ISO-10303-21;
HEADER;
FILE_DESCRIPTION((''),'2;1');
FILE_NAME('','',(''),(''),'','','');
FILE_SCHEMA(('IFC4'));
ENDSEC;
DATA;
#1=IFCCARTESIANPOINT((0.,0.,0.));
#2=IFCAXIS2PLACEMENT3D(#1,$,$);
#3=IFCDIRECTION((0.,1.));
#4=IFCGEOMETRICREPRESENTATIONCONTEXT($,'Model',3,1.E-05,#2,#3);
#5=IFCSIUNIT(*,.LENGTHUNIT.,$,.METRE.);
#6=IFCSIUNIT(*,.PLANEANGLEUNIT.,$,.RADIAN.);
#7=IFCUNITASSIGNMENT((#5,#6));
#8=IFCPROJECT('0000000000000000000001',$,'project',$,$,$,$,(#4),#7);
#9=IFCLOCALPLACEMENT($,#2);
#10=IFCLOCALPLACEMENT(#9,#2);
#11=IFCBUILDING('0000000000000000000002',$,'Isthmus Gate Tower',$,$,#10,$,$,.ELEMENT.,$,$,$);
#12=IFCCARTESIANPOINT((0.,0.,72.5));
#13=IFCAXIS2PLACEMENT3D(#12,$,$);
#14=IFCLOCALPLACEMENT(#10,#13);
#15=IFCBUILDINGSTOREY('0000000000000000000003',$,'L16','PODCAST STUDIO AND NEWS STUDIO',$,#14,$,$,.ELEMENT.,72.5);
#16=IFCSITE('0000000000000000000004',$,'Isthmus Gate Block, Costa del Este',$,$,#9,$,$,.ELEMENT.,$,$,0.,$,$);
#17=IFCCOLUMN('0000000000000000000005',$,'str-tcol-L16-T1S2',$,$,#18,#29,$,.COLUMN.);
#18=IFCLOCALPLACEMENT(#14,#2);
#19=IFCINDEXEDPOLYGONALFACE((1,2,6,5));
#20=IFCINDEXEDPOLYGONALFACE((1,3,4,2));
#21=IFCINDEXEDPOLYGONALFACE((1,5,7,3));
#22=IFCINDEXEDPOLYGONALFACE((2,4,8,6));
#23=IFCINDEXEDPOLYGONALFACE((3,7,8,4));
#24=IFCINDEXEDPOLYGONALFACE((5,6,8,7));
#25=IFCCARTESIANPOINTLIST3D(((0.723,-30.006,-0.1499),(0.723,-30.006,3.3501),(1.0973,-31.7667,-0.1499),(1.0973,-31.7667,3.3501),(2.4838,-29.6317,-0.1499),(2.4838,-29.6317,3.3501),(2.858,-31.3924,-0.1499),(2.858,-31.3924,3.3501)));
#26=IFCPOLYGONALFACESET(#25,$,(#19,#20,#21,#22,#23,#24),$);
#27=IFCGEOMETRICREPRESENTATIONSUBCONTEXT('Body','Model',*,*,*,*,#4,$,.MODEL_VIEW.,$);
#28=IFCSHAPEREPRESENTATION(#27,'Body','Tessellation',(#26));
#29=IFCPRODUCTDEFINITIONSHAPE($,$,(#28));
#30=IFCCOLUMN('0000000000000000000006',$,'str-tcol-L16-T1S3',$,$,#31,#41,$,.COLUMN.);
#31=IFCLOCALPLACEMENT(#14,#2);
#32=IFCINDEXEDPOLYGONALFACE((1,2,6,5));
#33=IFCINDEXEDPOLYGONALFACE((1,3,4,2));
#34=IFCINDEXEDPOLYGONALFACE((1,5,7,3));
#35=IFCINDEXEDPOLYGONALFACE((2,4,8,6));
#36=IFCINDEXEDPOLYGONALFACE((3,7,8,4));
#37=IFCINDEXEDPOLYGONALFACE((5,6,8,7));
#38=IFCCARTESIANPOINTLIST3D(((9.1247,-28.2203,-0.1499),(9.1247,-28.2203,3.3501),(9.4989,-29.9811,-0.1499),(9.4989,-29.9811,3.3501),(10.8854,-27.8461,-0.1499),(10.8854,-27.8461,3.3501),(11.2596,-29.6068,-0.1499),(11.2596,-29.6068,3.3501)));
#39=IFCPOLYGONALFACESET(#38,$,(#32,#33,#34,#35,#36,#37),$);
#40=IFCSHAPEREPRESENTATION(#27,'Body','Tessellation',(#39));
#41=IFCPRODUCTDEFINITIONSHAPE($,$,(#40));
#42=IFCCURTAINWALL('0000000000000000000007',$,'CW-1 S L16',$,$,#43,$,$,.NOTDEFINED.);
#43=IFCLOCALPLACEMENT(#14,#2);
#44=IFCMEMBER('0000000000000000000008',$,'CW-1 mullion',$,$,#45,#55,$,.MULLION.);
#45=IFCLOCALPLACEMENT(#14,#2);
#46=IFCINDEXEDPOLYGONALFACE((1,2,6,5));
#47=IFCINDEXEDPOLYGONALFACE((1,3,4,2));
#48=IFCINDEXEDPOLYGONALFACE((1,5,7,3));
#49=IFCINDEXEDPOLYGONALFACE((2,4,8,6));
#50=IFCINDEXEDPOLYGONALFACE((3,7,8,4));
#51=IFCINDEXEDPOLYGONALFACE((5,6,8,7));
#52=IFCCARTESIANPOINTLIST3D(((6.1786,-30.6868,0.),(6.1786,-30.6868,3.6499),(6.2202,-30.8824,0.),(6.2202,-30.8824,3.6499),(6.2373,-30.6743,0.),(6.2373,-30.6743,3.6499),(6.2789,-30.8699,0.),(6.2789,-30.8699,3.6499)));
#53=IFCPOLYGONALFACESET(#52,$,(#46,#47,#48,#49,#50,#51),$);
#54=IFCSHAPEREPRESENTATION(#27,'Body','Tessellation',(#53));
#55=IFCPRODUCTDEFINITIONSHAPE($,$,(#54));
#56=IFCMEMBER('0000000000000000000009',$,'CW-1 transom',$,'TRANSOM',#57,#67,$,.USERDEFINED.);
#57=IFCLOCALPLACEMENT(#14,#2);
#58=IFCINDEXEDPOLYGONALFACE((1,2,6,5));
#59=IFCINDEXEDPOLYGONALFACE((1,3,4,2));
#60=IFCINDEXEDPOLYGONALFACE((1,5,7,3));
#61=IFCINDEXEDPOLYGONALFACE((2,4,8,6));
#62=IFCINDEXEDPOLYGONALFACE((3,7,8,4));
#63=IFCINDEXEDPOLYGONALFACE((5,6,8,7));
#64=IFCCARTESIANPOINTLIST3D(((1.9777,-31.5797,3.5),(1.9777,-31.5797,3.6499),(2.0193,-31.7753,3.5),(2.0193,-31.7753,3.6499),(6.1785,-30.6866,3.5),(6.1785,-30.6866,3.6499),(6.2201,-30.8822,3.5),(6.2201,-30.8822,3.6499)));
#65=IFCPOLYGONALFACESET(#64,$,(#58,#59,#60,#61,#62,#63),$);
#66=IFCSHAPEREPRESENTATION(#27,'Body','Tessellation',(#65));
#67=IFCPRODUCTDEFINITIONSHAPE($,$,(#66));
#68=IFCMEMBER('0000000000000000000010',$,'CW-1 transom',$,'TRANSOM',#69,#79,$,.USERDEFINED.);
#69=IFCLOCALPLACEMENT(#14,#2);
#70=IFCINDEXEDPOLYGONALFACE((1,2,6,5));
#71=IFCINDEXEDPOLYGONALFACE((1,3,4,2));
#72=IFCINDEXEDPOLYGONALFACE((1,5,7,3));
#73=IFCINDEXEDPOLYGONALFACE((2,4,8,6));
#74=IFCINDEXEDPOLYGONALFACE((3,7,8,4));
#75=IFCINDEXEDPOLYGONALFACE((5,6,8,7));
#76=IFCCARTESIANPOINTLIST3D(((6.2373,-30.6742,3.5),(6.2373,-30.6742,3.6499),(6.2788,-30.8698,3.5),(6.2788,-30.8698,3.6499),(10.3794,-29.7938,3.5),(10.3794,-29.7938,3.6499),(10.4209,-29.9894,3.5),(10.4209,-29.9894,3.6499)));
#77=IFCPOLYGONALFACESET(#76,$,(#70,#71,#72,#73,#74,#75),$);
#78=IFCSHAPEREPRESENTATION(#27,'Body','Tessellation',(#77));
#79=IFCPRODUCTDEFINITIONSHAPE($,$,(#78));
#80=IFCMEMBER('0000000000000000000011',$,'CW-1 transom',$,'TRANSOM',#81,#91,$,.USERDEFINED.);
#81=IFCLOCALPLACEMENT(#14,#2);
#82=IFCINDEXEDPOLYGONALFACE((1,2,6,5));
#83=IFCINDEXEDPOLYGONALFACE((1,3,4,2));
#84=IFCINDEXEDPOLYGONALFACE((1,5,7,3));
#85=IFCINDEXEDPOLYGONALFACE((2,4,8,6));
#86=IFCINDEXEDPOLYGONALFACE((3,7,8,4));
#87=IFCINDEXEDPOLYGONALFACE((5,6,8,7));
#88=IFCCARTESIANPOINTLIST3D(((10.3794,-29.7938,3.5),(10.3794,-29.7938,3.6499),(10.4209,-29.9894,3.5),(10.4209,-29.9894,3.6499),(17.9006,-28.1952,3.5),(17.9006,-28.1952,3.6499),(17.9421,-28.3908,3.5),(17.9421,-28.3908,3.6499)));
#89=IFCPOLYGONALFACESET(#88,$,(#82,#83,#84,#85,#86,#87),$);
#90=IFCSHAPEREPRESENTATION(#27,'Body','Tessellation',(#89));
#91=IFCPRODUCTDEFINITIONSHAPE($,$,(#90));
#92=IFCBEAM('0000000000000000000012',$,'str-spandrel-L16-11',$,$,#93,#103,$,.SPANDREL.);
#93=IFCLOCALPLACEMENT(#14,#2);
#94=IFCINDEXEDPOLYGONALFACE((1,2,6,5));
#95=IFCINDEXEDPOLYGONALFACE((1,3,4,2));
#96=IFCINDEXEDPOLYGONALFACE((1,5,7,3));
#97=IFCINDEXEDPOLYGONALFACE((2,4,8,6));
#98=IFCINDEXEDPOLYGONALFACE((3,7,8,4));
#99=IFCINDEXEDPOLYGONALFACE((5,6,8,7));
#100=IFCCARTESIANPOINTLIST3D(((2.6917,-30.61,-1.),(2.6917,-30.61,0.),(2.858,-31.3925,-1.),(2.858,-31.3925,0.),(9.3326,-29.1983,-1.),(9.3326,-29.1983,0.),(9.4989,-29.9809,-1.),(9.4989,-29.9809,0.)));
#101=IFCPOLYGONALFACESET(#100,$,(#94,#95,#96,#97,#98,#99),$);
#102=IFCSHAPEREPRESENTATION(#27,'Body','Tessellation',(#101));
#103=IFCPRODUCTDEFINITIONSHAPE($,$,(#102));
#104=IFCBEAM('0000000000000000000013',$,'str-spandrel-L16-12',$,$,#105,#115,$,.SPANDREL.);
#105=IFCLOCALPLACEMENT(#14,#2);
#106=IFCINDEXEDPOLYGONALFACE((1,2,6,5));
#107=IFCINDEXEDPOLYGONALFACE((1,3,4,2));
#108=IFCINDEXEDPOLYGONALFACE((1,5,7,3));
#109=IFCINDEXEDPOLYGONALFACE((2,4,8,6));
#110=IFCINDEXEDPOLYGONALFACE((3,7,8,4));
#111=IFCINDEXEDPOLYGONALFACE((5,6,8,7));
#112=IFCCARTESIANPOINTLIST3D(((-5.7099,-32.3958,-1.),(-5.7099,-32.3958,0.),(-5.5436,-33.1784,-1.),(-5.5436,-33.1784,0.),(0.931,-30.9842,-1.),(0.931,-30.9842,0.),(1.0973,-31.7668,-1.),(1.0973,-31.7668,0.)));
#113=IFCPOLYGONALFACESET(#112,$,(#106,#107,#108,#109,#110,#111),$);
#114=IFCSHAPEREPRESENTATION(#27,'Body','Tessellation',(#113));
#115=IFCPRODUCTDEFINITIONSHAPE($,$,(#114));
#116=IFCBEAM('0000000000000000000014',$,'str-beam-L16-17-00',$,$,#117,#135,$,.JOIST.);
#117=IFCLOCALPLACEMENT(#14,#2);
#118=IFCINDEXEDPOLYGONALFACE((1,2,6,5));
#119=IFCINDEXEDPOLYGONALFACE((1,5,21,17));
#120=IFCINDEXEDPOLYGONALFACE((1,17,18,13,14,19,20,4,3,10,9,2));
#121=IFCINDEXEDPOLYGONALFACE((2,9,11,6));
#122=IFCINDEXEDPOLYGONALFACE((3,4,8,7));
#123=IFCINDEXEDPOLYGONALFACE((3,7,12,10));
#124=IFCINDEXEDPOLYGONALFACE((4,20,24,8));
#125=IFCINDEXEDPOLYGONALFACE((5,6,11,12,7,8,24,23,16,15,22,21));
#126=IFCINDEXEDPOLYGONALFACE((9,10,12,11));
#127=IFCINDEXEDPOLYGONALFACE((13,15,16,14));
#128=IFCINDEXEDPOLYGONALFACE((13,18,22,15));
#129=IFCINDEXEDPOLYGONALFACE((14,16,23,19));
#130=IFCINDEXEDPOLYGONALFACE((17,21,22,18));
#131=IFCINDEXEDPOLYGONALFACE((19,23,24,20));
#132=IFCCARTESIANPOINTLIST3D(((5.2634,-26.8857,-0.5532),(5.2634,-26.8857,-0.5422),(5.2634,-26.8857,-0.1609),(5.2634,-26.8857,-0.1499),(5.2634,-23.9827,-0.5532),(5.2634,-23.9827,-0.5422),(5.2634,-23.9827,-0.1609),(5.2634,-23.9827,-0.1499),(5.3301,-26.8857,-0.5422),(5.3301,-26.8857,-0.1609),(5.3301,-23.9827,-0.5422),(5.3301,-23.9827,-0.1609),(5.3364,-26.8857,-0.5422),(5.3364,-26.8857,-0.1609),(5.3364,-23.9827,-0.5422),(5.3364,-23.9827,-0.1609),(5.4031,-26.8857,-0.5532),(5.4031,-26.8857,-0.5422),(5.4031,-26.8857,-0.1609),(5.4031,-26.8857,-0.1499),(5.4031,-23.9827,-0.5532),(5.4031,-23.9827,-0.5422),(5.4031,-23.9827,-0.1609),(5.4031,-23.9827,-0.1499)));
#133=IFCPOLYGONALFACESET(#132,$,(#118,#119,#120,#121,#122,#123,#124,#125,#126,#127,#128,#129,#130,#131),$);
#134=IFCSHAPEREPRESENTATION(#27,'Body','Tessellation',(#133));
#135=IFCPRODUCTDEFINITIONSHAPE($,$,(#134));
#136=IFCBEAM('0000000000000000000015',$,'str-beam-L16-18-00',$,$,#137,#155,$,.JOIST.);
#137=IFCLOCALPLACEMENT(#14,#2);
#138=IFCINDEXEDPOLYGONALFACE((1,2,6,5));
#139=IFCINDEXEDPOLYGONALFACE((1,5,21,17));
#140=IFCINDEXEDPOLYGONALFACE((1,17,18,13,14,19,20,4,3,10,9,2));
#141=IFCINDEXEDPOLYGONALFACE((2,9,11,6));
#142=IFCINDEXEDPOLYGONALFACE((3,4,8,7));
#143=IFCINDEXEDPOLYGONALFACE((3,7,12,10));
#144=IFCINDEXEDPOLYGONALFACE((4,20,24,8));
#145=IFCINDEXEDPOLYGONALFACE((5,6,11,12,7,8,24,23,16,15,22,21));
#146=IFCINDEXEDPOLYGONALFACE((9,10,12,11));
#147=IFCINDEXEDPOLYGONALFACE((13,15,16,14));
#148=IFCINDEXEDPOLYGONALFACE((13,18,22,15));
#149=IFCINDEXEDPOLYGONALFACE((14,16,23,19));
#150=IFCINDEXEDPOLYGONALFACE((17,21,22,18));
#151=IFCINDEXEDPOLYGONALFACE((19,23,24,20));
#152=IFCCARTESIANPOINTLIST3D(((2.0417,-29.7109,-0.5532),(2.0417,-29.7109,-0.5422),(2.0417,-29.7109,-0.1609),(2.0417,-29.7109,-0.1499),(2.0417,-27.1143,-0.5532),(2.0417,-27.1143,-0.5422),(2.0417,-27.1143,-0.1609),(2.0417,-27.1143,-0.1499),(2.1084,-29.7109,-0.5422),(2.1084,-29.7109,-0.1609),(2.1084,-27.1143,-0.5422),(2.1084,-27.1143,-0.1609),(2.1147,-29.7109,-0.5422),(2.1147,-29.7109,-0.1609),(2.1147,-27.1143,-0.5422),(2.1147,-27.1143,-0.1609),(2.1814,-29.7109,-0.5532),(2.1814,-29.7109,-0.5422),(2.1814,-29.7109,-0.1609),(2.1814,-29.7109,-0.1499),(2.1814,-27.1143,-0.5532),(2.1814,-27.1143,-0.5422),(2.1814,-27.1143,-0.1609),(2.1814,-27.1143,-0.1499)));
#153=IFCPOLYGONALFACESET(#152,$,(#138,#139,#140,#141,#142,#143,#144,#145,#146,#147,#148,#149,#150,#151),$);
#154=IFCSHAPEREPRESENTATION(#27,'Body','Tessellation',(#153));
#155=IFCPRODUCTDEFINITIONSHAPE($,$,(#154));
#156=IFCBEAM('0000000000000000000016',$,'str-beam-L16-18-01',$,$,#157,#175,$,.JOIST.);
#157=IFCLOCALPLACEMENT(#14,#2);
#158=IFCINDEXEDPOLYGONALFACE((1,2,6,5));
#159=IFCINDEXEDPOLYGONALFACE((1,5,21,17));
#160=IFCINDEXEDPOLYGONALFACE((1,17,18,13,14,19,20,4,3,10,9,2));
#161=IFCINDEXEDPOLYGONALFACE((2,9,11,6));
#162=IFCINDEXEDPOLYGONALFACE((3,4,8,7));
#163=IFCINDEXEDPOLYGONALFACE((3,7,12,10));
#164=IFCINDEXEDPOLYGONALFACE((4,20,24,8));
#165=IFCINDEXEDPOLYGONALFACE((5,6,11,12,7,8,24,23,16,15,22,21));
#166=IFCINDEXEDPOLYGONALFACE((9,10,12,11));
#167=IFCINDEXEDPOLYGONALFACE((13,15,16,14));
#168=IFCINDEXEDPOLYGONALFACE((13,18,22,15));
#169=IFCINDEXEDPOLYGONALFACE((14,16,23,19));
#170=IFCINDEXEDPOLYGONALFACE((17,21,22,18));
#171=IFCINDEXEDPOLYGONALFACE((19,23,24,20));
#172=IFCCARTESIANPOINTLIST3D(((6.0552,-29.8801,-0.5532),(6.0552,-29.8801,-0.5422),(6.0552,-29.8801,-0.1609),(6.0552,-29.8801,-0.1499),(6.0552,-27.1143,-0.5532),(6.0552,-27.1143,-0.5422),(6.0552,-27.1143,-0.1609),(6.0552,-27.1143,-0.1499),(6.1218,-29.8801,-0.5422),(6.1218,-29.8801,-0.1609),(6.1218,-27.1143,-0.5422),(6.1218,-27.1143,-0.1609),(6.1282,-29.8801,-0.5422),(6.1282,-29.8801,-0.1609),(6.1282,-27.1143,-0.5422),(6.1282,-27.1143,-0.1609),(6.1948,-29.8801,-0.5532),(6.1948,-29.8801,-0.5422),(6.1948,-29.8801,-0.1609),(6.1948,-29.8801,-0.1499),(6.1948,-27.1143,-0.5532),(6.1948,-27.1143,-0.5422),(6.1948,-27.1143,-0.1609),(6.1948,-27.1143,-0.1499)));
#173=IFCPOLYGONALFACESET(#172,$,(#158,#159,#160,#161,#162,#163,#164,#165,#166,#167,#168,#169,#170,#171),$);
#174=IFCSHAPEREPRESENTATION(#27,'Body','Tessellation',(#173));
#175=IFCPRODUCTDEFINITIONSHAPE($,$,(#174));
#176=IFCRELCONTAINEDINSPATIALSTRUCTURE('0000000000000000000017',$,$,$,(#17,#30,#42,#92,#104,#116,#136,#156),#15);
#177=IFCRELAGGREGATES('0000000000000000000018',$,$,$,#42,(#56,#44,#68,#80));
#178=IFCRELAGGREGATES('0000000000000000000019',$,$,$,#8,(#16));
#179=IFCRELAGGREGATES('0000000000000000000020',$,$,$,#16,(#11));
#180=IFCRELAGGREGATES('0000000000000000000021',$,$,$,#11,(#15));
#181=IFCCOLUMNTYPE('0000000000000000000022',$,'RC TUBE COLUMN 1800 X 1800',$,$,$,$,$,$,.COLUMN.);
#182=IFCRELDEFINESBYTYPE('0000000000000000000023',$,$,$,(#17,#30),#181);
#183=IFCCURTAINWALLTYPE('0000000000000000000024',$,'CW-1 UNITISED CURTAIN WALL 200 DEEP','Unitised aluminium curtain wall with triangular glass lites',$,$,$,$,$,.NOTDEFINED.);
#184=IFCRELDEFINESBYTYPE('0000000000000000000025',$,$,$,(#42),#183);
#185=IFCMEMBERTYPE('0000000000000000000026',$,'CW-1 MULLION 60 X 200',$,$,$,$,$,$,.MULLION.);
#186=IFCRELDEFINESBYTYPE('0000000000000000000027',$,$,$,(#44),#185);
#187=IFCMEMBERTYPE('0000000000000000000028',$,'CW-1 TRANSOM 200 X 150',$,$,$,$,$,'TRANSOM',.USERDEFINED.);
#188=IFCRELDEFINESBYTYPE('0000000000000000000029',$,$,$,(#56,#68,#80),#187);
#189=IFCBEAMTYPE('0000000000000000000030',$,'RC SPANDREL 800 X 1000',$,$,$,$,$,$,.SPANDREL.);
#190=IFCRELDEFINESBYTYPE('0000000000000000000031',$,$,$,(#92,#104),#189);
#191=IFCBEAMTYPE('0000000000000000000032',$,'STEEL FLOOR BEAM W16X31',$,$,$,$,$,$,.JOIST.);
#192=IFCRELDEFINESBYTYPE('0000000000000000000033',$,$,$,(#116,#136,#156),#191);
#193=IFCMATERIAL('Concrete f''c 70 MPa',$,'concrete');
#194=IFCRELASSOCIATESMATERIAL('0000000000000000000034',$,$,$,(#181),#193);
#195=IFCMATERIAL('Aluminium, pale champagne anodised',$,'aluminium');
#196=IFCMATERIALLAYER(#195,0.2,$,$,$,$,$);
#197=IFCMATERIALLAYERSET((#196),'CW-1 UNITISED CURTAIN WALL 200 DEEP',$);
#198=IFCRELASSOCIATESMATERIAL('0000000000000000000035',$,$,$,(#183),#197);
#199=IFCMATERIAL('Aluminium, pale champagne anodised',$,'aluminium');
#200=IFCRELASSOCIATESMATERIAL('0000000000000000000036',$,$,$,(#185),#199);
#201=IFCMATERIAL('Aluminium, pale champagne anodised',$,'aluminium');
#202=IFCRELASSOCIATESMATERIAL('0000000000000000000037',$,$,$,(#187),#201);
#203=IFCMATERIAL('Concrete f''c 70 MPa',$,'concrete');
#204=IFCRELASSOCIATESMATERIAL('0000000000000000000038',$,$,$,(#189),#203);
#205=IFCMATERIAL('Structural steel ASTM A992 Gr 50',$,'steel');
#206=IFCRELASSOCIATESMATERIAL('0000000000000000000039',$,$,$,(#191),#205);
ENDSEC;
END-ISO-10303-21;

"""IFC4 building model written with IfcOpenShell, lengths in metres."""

from ifc_helpers import new_model, si_unit, direction, frame, origin, origin_2d, place, context, subcontext, project, spatial, rectangle, i_section, extrude, material, layer, layer_set, material_profile, profile_set, type_object, element, aggregate, save


model = new_model("IFC4")

# Units and contexts
model_context = context("Model", 3, precision=1e-05, world=origin(), true_north=direction((0.0, 1.0)))
body_context = subcontext(model_context, "Body", "Model", "MODEL_VIEW")
ifc_project = project(units=[si_unit("LENGTHUNIT", "METRE"), si_unit("PLANEANGLEUNIT", "RADIAN")], contexts=[model_context])

# Site, building, storey
site_placement = place(None, origin())
site = spatial("IfcSite", under=ifc_project, at=site_placement, Name="Isthmus Gate Block, Costa del Este", CompositionType="ELEMENT", RefElevation=0.0)
building_placement = place(site_placement, origin())
building = spatial("IfcBuilding", under=site, at=building_placement, Name="Isthmus Gate Tower", CompositionType="ELEMENT")
storey_placement = place(building_placement, frame((0.0, 0.0, 72.5)))
storey = spatial("IfcBuildingStorey", under=building, at=storey_placement, Name="L16", Description="PODCAST STUDIO AND NEWS STUDIO", CompositionType="ELEMENT", Elevation=72.5)

# Columns
ifc_material_1 = material(Name="Concrete f'c 70 MPa", Category="concrete")
ifc_material_profile_1 = material_profile(ifc_material_1, rectangle(XDim=1.8, YDim=1.8, at=origin_2d()), Name="RC 1800X1800")
ifc_profile_set_1 = profile_set([ifc_material_profile_1], Name="Concrete f'c 70 MPa")
column_type = type_object("IfcColumnType", Name="RC TUBE COLUMN 1800 X 1800", PredefinedType="COLUMN", material=ifc_profile_set_1)
for number, where, z_axis, x_axis, name in (
    (1, (1.7905, -30.6992, -0.1499), (0.0, 0.0, 1.0), (0.978148, 0.207912, 0.0), "str-tcol-L16-T1S2"),
    (2, (10.1921, -28.9136, -0.1499), (0.0, 0.0, 1.0), (0.978148, 0.207912, 0.0), "str-tcol-L16-T1S3"),
):
    element("IfcColumn", number, at=place(storey_placement, frame(where, z_axis=z_axis, x_axis=x_axis)), inside=storey, type_object=column_type, Name=name, PredefinedType="COLUMN", context=body_context, shape_type="SweptSolid", body=[
        extrude(rectangle(XDim=1.8, YDim=1.8, at=origin_2d()), origin(), (0.0, 0.0, 1.0), 3.5),
    ])

# Curtain wall, members
ifc_material_2 = material(Name="Aluminium, pale champagne anodised", Category="aluminium")
ifc_layer_1 = layer(ifc_material_2, 0.2)
ifc_layer_set_1 = layer_set([ifc_layer_1], Name="CW-1 UNITISED CURTAIN WALL 200 DEEP")
curtain_wall_type = type_object("IfcCurtainWallType", Name="CW-1 UNITISED CURTAIN WALL 200 DEEP", Description="Unitised aluminium curtain wall with triangular glass lites", PredefinedType="NOTDEFINED", material=ifc_layer_set_1)
curtain_wall_placement = place(storey_placement, origin())
curtain_wall = element("IfcCurtainWall", 3, at=curtain_wall_placement, inside=storey, type_object=curtain_wall_type, Name="CW-1 S L16", PredefinedType="NOTDEFINED")
ifc_material_3 = material(Name="Aluminium, pale champagne anodised", Category="aluminium")
ifc_material_profile_2 = material_profile(ifc_material_3, rectangle(XDim=0.0601, YDim=0.2, at=origin_2d()), Name="60x200")
ifc_profile_set_2 = profile_set([ifc_material_profile_2], Name="Aluminium, pale champagne anodised")
member_type_1 = type_object("IfcMemberType", Name="CW-1 MULLION 60 X 200", PredefinedType="MULLION", material=ifc_profile_set_2)
member_1_placement = place(storey_placement, frame((6.2288, -30.7783, 0.0), z_axis=(0.0, 0.0, 1.0), x_axis=(0.978148, 0.207912, 0.0)))
member_1 = element("IfcMember", 4, at=member_1_placement, type_object=member_type_1, Name="CW-1 mullion", PredefinedType="MULLION", context=body_context, shape_type="SweptSolid", body=[
    extrude(rectangle(XDim=0.0601, YDim=0.2, at=origin_2d()), origin(), (0.0, 0.0, 1.0), 3.6499),
])
ifc_material_4 = material(Name="Aluminium, pale champagne anodised", Category="aluminium")
ifc_material_profile_3 = material_profile(ifc_material_4, rectangle(XDim=0.2, YDim=0.1499, at=origin_2d()), Name="200x150")
ifc_profile_set_3 = profile_set([ifc_material_profile_3], Name="Aluminium, pale champagne anodised")
member_type_2 = type_object("IfcMemberType", Name="CW-1 TRANSOM 200 X 150", ElementType="TRANSOM", PredefinedType="USERDEFINED", material=ifc_profile_set_3)
member_2_placement = place(storey_placement, frame((1.9985, -31.6775, 3.575), z_axis=(0.978139, 0.207953, 0.0), x_axis=(-0.207953, 0.978139, 0.0)))
member_2 = element("IfcMember", 5, at=member_2_placement, type_object=member_type_2, Name="CW-1 transom", ObjectType="TRANSOM", PredefinedType="USERDEFINED", context=body_context, shape_type="SweptSolid", body=[
    extrude(rectangle(XDim=0.2, YDim=0.1499, at=origin_2d()), origin(), (0.0, 0.0, 1.0), 4.2947),
])
member_3_placement = place(storey_placement, frame((6.2581, -30.772, 3.575), z_axis=(0.97815, 0.207899, 0.0), x_axis=(-0.207899, 0.97815, 0.0)))
member_3 = element("IfcMember", 6, at=member_3_placement, type_object=member_type_2, Name="CW-1 transom", ObjectType="TRANSOM", PredefinedType="USERDEFINED", context=body_context, shape_type="SweptSolid", body=[
    extrude(rectangle(XDim=0.2, YDim=0.1499, at=origin_2d()), origin(), (0.0, 0.0, 1.0), 4.2346),
])
member_4_placement = place(storey_placement, frame((10.4001, -29.8916, 3.575), z_axis=(0.978149, 0.207905, 0.0), x_axis=(-0.207905, 0.978149, 0.0)))
member_4 = element("IfcMember", 7, at=member_4_placement, type_object=member_type_2, Name="CW-1 transom", ObjectType="TRANSOM", PredefinedType="USERDEFINED", context=body_context, shape_type="SweptSolid", body=[
    extrude(rectangle(XDim=0.2, YDim=0.1499, at=origin_2d()), origin(), (0.0, 0.0, 1.0), 7.6892),
])

# Beams
ifc_material_5 = material(Name="Concrete f'c 70 MPa", Category="concrete")
ifc_material_profile_4 = material_profile(ifc_material_5, rectangle(XDim=0.8, YDim=1.0, at=origin_2d()), Name="RC 800X1000")
ifc_profile_set_4 = profile_set([ifc_material_profile_4], Name="Concrete f'c 70 MPa")
beam_type_1 = type_object("IfcBeamType", Name="RC SPANDREL 800 X 1000", PredefinedType="SPANDREL", material=ifc_profile_set_4)
for number, where, z_axis, x_axis, name in (
    (8, (9.4158, -29.5896, -0.5), (-0.978146, -0.20792, 0.0), (0.20792, -0.978146, 0.0), "str-spandrel-L16-11"),
    (9, (1.0142, -31.3755, -0.5), (-0.978146, -0.20792, 0.0), (0.20792, -0.978146, 0.0), "str-spandrel-L16-12"),
):
    element("IfcBeam", number, at=place(storey_placement, frame(where, z_axis=z_axis, x_axis=x_axis)), inside=storey, type_object=beam_type_1, Name=name, PredefinedType="SPANDREL", context=body_context, shape_type="SweptSolid", body=[
        extrude(rectangle(XDim=0.8, YDim=1.0, at=origin_2d()), origin(), (0.0, 0.0, 1.0), 6.7893),
    ])
ifc_material_6 = material(Name="Structural steel ASTM A992 Gr 50", Category="steel")
ifc_material_profile_5 = material_profile(ifc_material_6, i_section(OverallWidth=0.1396, OverallDepth=0.4033, WebThickness=0.0063, FlangeThickness=0.011, at=origin_2d()), Name="W16X31")
ifc_profile_set_5 = profile_set([ifc_material_profile_5], Name="Structural steel ASTM A992 Gr 50")
beam_type_2 = type_object("IfcBeamType", Name="STEEL FLOOR BEAM W16X31", PredefinedType="JOIST", material=ifc_profile_set_5)
beam_1_placement = place(storey_placement, frame((5.3333, -26.8857, -0.3516), z_axis=(0.0, 1.0, 0.0), x_axis=(-1.0, 0.0, 0.0)))
element("IfcBeam", 10, at=beam_1_placement, inside=storey, type_object=beam_type_2, Name="str-beam-L16-17-00", PredefinedType="JOIST", context=body_context, shape_type="SweptSolid", body=[
    extrude(i_section(OverallWidth=0.1396, OverallDepth=0.4033, WebThickness=0.0063, FlangeThickness=0.011, at=origin_2d()), origin(), (0.0, 0.0, 1.0), 2.9031),
])
beam_2_placement = place(storey_placement, frame((2.1116, -29.7109, -0.3516), z_axis=(0.0, 1.0, 0.0), x_axis=(-1.0, 0.0, 0.0)))
element("IfcBeam", 11, at=beam_2_placement, inside=storey, type_object=beam_type_2, Name="str-beam-L16-18-00", PredefinedType="JOIST", context=body_context, shape_type="SweptSolid", body=[
    extrude(i_section(OverallWidth=0.1396, OverallDepth=0.4033, WebThickness=0.0063, FlangeThickness=0.011, at=origin_2d()), origin(), (0.0, 0.0, 1.0), 2.5967),
])
beam_3_placement = place(storey_placement, frame((6.125, -29.8801, -0.3516), z_axis=(0.0, 1.0, 0.0), x_axis=(-1.0, 0.0, 0.0)))
element("IfcBeam", 12, at=beam_3_placement, inside=storey, type_object=beam_type_2, Name="str-beam-L16-18-01", PredefinedType="JOIST", context=body_context, shape_type="SweptSolid", body=[
    extrude(i_section(OverallWidth=0.1396, OverallDepth=0.4033, WebThickness=0.0063, FlangeThickness=0.011, at=origin_2d()), origin(), (0.0, 0.0, 1.0), 2.7659),
])

aggregate(curtain_wall, [member_2, member_1, member_3, member_4])

save(model, "model.ifc")
